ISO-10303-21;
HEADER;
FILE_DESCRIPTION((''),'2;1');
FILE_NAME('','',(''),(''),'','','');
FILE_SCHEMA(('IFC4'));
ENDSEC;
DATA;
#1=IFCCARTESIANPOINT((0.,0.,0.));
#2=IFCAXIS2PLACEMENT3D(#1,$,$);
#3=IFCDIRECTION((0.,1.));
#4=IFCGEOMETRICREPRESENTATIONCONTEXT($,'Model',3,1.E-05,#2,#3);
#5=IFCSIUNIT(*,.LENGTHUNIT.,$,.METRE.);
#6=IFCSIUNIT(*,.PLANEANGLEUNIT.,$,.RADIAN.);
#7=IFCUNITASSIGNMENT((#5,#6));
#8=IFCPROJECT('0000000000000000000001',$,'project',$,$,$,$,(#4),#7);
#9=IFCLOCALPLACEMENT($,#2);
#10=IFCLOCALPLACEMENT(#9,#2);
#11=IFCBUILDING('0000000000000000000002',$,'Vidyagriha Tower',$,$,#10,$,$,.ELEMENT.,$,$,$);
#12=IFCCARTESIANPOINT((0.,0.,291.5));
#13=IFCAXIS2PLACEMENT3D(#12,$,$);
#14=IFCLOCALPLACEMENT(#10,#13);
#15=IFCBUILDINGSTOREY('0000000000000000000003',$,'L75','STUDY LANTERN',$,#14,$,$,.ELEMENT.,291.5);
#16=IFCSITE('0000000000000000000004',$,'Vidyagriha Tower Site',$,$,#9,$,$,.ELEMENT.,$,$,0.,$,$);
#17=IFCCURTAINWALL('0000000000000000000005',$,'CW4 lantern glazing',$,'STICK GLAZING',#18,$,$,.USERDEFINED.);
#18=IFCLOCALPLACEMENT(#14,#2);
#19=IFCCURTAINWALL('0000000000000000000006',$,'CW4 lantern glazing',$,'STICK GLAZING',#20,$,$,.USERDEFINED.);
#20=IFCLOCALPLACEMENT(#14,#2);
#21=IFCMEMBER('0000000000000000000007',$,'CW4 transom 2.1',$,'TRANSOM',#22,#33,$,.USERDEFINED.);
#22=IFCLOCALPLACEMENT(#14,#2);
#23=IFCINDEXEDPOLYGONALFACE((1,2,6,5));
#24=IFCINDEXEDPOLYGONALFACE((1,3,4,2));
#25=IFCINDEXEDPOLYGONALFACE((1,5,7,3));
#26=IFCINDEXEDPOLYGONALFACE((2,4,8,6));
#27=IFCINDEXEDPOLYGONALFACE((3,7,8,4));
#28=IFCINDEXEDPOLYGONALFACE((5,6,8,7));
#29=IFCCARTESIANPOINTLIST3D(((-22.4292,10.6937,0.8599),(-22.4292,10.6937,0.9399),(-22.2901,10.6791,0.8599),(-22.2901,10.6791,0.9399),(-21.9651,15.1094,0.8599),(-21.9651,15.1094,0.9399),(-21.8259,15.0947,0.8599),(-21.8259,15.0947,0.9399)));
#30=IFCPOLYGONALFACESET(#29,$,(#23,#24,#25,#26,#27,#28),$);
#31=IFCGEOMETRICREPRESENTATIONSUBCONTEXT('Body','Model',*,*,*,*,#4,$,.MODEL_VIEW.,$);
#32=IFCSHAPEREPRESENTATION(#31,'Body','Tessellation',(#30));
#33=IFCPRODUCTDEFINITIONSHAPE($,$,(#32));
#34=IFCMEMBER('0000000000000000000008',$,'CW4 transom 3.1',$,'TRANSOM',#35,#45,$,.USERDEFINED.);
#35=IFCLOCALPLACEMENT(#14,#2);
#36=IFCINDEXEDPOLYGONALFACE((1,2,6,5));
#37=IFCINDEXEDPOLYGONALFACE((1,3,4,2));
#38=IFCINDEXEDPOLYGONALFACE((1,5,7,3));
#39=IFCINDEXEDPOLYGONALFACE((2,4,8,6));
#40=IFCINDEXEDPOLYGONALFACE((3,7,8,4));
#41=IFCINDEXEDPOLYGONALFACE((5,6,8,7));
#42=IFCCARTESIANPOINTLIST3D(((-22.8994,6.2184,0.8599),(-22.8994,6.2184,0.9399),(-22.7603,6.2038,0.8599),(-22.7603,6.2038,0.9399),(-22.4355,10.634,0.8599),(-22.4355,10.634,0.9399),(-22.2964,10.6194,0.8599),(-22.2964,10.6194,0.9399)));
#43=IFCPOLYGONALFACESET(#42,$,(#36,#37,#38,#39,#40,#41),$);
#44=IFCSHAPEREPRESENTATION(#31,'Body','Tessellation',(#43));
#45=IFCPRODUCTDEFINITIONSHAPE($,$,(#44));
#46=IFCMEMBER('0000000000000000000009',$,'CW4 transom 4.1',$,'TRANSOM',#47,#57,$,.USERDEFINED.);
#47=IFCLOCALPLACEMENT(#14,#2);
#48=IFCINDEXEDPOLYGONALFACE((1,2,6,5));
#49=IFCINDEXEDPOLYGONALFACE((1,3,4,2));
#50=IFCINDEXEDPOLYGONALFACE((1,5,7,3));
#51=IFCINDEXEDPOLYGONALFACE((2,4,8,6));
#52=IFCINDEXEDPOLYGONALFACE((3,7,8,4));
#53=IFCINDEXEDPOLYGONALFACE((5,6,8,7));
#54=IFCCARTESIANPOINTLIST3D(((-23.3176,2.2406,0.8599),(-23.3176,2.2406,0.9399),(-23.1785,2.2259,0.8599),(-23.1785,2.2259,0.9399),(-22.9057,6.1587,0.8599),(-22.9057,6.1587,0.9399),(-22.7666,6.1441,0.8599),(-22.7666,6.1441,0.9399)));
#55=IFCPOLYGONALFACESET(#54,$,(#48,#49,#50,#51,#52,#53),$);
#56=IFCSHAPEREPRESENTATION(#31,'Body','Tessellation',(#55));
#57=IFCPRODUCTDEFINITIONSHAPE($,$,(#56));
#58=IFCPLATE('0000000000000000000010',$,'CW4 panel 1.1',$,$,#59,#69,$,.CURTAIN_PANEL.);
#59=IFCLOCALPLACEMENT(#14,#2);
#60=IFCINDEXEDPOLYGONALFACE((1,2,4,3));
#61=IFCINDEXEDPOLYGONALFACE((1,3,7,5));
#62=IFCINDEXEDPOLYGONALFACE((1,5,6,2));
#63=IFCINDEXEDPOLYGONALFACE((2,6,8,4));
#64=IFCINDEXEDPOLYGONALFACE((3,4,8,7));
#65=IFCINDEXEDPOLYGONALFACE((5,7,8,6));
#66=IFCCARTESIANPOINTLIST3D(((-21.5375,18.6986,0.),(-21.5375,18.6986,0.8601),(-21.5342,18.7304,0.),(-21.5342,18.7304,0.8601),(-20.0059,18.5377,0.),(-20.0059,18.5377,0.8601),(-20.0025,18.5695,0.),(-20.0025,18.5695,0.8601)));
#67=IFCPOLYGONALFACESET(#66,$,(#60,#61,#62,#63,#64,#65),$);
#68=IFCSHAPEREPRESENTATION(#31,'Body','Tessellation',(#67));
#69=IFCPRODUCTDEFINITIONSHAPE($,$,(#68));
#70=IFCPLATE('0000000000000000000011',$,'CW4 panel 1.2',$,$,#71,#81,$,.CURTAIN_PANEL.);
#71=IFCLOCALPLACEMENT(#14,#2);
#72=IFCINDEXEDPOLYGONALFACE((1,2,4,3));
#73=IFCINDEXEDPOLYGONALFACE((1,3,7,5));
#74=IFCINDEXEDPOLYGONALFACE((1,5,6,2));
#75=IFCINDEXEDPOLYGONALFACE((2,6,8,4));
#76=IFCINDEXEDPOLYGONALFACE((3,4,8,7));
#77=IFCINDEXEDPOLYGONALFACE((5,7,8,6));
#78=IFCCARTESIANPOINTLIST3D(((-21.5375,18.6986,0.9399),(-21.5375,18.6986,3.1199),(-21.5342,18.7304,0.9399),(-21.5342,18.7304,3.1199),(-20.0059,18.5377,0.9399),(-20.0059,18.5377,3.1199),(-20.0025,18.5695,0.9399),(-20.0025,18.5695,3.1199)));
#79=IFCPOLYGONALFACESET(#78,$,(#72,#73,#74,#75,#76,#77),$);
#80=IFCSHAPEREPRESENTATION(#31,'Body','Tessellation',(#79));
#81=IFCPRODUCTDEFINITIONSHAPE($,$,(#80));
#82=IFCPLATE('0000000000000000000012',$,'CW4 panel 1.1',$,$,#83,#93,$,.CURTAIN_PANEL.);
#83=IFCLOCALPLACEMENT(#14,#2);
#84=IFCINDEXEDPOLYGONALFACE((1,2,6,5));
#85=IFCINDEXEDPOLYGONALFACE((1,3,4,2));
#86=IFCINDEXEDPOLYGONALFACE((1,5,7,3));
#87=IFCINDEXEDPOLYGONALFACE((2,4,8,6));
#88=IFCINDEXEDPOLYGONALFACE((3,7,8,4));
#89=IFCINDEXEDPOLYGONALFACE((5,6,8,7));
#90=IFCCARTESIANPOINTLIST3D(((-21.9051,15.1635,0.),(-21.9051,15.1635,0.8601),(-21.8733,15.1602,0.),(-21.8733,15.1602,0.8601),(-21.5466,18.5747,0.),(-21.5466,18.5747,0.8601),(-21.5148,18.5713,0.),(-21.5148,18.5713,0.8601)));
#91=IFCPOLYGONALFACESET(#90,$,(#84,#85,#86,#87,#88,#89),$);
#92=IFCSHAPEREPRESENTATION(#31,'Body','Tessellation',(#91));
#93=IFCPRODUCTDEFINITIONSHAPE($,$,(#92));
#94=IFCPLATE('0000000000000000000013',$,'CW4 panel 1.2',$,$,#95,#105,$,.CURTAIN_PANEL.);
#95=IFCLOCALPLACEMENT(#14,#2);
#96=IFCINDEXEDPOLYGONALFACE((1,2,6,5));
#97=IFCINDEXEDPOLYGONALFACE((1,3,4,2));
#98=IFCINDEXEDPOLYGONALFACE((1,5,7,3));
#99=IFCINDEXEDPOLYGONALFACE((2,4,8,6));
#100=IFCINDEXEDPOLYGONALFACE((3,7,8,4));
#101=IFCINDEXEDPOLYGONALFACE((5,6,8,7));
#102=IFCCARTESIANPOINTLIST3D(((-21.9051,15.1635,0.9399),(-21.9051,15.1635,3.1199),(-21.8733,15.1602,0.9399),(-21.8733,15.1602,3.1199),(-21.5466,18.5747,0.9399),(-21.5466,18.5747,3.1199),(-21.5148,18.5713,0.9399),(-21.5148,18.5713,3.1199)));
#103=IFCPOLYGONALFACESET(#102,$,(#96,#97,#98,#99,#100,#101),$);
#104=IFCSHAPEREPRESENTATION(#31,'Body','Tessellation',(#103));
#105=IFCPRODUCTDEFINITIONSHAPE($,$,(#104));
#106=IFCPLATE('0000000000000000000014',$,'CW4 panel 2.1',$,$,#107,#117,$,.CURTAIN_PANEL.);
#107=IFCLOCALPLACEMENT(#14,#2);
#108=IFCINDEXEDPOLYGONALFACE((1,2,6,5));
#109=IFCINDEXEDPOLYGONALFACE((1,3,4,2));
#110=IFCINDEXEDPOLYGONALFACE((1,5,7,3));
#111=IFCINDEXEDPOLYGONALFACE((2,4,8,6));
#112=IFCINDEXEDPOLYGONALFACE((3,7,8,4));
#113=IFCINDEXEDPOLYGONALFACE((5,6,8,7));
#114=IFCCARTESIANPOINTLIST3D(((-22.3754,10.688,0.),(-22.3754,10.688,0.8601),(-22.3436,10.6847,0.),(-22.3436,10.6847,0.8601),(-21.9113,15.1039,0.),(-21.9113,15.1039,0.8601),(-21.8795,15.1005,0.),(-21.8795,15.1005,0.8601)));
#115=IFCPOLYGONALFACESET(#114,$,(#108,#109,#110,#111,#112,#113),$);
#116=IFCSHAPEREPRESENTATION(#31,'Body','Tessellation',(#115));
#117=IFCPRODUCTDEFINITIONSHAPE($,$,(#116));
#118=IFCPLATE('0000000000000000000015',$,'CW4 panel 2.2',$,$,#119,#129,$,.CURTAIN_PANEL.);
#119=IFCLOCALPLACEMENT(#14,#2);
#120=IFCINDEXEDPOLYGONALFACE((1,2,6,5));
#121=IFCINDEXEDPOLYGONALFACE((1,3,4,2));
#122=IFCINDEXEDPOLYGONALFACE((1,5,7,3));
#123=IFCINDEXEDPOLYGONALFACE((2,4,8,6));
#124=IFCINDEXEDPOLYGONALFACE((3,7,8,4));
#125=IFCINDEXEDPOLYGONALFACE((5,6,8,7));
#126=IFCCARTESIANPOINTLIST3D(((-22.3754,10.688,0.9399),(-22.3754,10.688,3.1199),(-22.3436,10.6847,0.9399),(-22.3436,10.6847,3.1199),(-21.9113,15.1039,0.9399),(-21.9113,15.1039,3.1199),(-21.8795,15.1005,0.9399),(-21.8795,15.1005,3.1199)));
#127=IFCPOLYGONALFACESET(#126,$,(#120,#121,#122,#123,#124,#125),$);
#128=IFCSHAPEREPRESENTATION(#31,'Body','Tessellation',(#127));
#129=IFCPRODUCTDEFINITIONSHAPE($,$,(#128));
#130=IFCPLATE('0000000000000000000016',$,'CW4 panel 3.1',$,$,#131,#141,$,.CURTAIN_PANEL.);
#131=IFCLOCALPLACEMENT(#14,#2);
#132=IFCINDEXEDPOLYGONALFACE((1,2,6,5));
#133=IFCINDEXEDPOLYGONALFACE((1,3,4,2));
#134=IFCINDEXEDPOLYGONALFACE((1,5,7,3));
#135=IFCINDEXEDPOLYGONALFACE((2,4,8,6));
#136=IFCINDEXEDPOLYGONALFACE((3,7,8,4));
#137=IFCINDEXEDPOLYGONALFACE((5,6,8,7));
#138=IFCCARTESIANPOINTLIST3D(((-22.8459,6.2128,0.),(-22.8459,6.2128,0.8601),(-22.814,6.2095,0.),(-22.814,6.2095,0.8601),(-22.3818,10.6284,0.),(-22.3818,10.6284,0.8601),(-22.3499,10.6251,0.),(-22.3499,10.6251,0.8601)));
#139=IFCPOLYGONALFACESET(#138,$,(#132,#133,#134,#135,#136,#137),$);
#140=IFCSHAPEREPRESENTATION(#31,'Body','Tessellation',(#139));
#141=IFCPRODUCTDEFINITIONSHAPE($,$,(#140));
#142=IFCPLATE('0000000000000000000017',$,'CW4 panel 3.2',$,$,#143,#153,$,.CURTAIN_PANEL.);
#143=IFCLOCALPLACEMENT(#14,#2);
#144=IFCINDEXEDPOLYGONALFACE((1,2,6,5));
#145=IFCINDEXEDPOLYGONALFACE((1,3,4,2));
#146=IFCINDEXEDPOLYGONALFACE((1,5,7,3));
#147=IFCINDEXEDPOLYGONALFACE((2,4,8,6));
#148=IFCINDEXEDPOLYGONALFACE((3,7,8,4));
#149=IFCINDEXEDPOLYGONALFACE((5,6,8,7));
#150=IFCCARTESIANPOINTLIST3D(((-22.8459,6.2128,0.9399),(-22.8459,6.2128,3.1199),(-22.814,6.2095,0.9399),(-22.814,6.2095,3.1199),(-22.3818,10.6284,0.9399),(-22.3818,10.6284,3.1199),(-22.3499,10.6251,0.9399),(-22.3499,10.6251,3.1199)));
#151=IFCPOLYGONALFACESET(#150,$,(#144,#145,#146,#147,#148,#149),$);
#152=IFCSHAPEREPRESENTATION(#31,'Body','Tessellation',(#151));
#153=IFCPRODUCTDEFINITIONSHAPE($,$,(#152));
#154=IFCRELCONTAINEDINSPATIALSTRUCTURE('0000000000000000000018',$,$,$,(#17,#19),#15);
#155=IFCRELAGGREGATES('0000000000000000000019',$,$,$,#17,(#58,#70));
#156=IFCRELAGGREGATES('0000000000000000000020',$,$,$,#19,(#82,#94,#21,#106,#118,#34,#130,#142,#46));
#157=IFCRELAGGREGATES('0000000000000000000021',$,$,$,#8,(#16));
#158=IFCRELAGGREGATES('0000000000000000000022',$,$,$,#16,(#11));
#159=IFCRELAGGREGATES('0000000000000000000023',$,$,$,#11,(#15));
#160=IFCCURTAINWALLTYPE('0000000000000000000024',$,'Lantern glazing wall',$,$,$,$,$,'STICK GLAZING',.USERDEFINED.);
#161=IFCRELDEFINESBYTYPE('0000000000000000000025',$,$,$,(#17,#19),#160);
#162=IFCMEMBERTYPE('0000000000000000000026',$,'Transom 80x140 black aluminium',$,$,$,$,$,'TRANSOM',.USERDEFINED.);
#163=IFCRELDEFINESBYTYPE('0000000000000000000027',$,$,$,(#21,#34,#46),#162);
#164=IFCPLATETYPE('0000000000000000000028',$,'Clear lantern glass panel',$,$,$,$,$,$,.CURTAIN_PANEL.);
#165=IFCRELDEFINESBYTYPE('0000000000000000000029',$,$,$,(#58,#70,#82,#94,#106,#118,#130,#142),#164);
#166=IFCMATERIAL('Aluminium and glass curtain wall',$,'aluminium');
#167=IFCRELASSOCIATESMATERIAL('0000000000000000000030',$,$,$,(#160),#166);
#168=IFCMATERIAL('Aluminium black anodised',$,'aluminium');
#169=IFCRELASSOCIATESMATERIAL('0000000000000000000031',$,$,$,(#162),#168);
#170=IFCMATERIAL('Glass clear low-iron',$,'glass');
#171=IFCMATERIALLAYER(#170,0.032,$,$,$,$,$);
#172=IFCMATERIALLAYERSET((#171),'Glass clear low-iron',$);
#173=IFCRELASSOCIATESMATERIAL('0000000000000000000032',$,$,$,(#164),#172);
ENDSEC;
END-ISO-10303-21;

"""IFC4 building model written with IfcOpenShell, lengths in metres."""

from ifc_helpers import new_model, si_unit, direction, frame, origin, origin_2d, place, context, subcontext, project, spatial, rectangle, extrude, material, layer, layer_set, material_profile, profile_set, type_object, element, aggregate, save


model = new_model("IFC4")

# Units and contexts
model_context = context("Model", 3, precision=1e-05, world=origin(), true_north=direction((0.0, 1.0)))
body_context = subcontext(model_context, "Body", "Model", "MODEL_VIEW")
ifc_project = project(units=[si_unit("LENGTHUNIT", "METRE"), si_unit("PLANEANGLEUNIT", "RADIAN")], contexts=[model_context])

# Site, building, storey
site_placement = place(None, origin())
site = spatial("IfcSite", under=ifc_project, at=site_placement, Name="Vidyagriha Tower Site", CompositionType="ELEMENT", RefElevation=0.0)
building_placement = place(site_placement, origin())
building = spatial("IfcBuilding", under=site, at=building_placement, Name="Vidyagriha Tower", CompositionType="ELEMENT")
storey_placement = place(building_placement, frame((0.0, 0.0, 291.5)))
storey = spatial("IfcBuildingStorey", under=building, at=storey_placement, Name="L75", Description="STUDY LANTERN", CompositionType="ELEMENT", Elevation=291.5)

# Curtain wall
ifc_material_1 = material(Name="Aluminium and glass curtain wall", Category="aluminium")
curtain_wall_type = type_object("IfcCurtainWallType", Name="Lantern glazing wall", ElementType="STICK GLAZING", PredefinedType="USERDEFINED", material=ifc_material_1)
curtain_wall_1_placement = place(storey_placement, origin())
curtain_wall_1 = element("IfcCurtainWall", 1, at=curtain_wall_1_placement, inside=storey, type_object=curtain_wall_type, Name="CW4 lantern glazing", ObjectType="STICK GLAZING", PredefinedType="USERDEFINED")

# Curtain wall
curtain_wall_2_placement = place(storey_placement, origin())
curtain_wall_2 = element("IfcCurtainWall", 2, at=curtain_wall_2_placement, inside=storey, type_object=curtain_wall_type, Name="CW4 lantern glazing", ObjectType="STICK GLAZING", PredefinedType="USERDEFINED")

# Members
ifc_material_2 = material(Name="Aluminium black anodised", Category="aluminium")
ifc_material_profile_1 = material_profile(ifc_material_2, rectangle(XDim=0.1399, YDim=0.0801, at=origin_2d()), Name="Transom 80x140 black aluminium")
ifc_profile_set_1 = profile_set([ifc_material_profile_1], Name="Aluminium black anodised")
member_type_1 = type_object("IfcMemberType", Name="Transom 80x140 black aluminium", ElementType="TRANSOM", PredefinedType="USERDEFINED", material=ifc_profile_set_1)
member_1_placement = place(storey_placement, frame((-21.8955, 15.1021, 0.8999), z_axis=(-0.104533, -0.994521, 0.0), x_axis=(0.994521, -0.104533, 0.0)))
member_1 = element("IfcMember", 3, at=member_1_placement, type_object=member_type_1, Name="CW4 transom 2.1", ObjectType="TRANSOM", PredefinedType="USERDEFINED", context=body_context, shape_type="SweptSolid", body=[
    extrude(rectangle(XDim=0.1399, YDim=0.0801, at=origin_2d()), origin(), (0.0, 0.0, 1.0), 4.4399),
])
member_2_placement = place(storey_placement, frame((-22.366, 10.6267, 0.8999), z_axis=(-0.104479, -0.994527, 0.0), x_axis=(0.994527, -0.104479, 0.0)))
member_2 = element("IfcMember", 4, at=member_2_placement, type_object=member_type_1, Name="CW4 transom 3.1", ObjectType="TRANSOM", PredefinedType="USERDEFINED", context=body_context, shape_type="SweptSolid", body=[
    extrude(rectangle(XDim=0.1399, YDim=0.0801, at=origin_2d()), origin(), (0.0, 0.0, 1.0), 4.4399),
])
member_3_placement = place(storey_placement, frame((-22.8362, 6.1514, 0.8999), z_axis=(-0.10454, -0.994521, 0.0), x_axis=(0.994521, -0.10454, 0.0)))
member_3 = element("IfcMember", 5, at=member_3_placement, type_object=member_type_1, Name="CW4 transom 4.1", ObjectType="TRANSOM", PredefinedType="USERDEFINED", context=body_context, shape_type="SweptSolid", body=[
    extrude(rectangle(XDim=0.1399, YDim=0.0801, at=origin_2d()), origin(), (0.0, 0.0, 1.0), 3.9397),
])

# Plates
ifc_material_3 = material(Name="Glass clear low-iron", Category="glass")
ifc_layer = layer(ifc_material_3, 0.032)
ifc_layer_set = layer_set([ifc_layer], Name="Glass clear low-iron")
plate_type = type_object("IfcPlateType", Name="Clear lantern glass panel", PredefinedType="CURTAIN_PANEL", material=ifc_layer_set)
plate_1_placement = place(storey_placement, frame((-20.77, 18.634, 0.0), z_axis=(0.0, 0.0, 1.0), x_axis=(-0.99453, 0.104453, 0.0)))
plate_1 = element("IfcPlate", 6, at=plate_1_placement, type_object=plate_type, Name="CW4 panel 1.1", PredefinedType="CURTAIN_PANEL", context=body_context, shape_type="SweptSolid", body=[
    extrude(rectangle(XDim=1.54, YDim=0.032, at=origin_2d()), origin(), (0.0, 0.0, 1.0), 0.8601),
])
plate_2_placement = place(storey_placement, frame((-20.77, 18.634, 0.9399), z_axis=(0.0, 0.0, 1.0), x_axis=(-0.99453, 0.104453, 0.0)))
plate_2 = element("IfcPlate", 7, at=plate_2_placement, type_object=plate_type, Name="CW4 panel 1.2", PredefinedType="CURTAIN_PANEL", context=body_context, shape_type="SweptSolid", body=[
    extrude(rectangle(XDim=1.54, YDim=0.032, at=origin_2d()), origin(), (0.0, 0.0, 1.0), 2.1799),
])
aggregate(curtain_wall_1, [plate_1, plate_2])
plate_3_placement = place(storey_placement, frame((-21.71, 16.8674, 0.0), z_axis=(0.0, 0.0, 1.0), x_axis=(-0.104527, -0.994522, 0.0)))
plate_3 = element("IfcPlate", 8, at=plate_3_placement, type_object=plate_type, Name="CW4 panel 1.1", PredefinedType="CURTAIN_PANEL", context=body_context, shape_type="SweptSolid", body=[
    extrude(rectangle(XDim=3.4299, YDim=0.032, at=origin_2d()), origin(), (0.0, 0.0, 1.0), 0.8601),
])
plate_4_placement = place(storey_placement, frame((-21.71, 16.8674, 0.9399), z_axis=(0.0, 0.0, 1.0), x_axis=(-0.104527, -0.994522, 0.0)))
plate_4 = element("IfcPlate", 9, at=plate_4_placement, type_object=plate_type, Name="CW4 panel 1.2", PredefinedType="CURTAIN_PANEL", context=body_context, shape_type="SweptSolid", body=[
    extrude(rectangle(XDim=3.4299, YDim=0.032, at=origin_2d()), origin(), (0.0, 0.0, 1.0), 2.1799),
])
plate_5_placement = place(storey_placement, frame((-22.1274, 12.8943, 0.0), z_axis=(0.0, 0.0, 1.0), x_axis=(-0.104527, -0.994522, 0.0)))
plate_5 = element("IfcPlate", 10, at=plate_5_placement, type_object=plate_type, Name="CW4 panel 2.1", PredefinedType="CURTAIN_PANEL", context=body_context, shape_type="SweptSolid", body=[
    extrude(rectangle(XDim=4.4402, YDim=0.032, at=origin_2d()), origin(), (0.0, 0.0, 1.0), 0.8601),
])
plate_6_placement = place(storey_placement, frame((-22.1274, 12.8943, 0.9399), z_axis=(0.0, 0.0, 1.0), x_axis=(-0.104527, -0.994522, 0.0)))
plate_6 = element("IfcPlate", 11, at=plate_6_placement, type_object=plate_type, Name="CW4 panel 2.2", PredefinedType="CURTAIN_PANEL", context=body_context, shape_type="SweptSolid", body=[
    extrude(rectangle(XDim=4.4402, YDim=0.032, at=origin_2d()), origin(), (0.0, 0.0, 1.0), 2.1799),
])
plate_7_placement = place(storey_placement, frame((-22.5979, 8.4189, 0.0), z_axis=(0.0, 0.0, 1.0), x_axis=(-0.104527, -0.994522, 0.0)))
plate_7 = element("IfcPlate", 12, at=plate_7_placement, type_object=plate_type, Name="CW4 panel 3.1", PredefinedType="CURTAIN_PANEL", context=body_context, shape_type="SweptSolid", body=[
    extrude(rectangle(XDim=4.4399, YDim=0.032, at=origin_2d()), origin(), (0.0, 0.0, 1.0), 0.8601),
])
plate_8_placement = place(storey_placement, frame((-22.5979, 8.4189, 0.9399), z_axis=(0.0, 0.0, 1.0), x_axis=(-0.104527, -0.994522, 0.0)))
plate_8 = element("IfcPlate", 13, at=plate_8_placement, type_object=plate_type, Name="CW4 panel 3.2", PredefinedType="CURTAIN_PANEL", context=body_context, shape_type="SweptSolid", body=[
    extrude(rectangle(XDim=4.4399, YDim=0.032, at=origin_2d()), origin(), (0.0, 0.0, 1.0), 2.1799),
])
aggregate(curtain_wall_2, [plate_3, plate_4, member_1, plate_5, plate_6, member_2, plate_7, plate_8, member_3])

save(model, "model.ifc")
